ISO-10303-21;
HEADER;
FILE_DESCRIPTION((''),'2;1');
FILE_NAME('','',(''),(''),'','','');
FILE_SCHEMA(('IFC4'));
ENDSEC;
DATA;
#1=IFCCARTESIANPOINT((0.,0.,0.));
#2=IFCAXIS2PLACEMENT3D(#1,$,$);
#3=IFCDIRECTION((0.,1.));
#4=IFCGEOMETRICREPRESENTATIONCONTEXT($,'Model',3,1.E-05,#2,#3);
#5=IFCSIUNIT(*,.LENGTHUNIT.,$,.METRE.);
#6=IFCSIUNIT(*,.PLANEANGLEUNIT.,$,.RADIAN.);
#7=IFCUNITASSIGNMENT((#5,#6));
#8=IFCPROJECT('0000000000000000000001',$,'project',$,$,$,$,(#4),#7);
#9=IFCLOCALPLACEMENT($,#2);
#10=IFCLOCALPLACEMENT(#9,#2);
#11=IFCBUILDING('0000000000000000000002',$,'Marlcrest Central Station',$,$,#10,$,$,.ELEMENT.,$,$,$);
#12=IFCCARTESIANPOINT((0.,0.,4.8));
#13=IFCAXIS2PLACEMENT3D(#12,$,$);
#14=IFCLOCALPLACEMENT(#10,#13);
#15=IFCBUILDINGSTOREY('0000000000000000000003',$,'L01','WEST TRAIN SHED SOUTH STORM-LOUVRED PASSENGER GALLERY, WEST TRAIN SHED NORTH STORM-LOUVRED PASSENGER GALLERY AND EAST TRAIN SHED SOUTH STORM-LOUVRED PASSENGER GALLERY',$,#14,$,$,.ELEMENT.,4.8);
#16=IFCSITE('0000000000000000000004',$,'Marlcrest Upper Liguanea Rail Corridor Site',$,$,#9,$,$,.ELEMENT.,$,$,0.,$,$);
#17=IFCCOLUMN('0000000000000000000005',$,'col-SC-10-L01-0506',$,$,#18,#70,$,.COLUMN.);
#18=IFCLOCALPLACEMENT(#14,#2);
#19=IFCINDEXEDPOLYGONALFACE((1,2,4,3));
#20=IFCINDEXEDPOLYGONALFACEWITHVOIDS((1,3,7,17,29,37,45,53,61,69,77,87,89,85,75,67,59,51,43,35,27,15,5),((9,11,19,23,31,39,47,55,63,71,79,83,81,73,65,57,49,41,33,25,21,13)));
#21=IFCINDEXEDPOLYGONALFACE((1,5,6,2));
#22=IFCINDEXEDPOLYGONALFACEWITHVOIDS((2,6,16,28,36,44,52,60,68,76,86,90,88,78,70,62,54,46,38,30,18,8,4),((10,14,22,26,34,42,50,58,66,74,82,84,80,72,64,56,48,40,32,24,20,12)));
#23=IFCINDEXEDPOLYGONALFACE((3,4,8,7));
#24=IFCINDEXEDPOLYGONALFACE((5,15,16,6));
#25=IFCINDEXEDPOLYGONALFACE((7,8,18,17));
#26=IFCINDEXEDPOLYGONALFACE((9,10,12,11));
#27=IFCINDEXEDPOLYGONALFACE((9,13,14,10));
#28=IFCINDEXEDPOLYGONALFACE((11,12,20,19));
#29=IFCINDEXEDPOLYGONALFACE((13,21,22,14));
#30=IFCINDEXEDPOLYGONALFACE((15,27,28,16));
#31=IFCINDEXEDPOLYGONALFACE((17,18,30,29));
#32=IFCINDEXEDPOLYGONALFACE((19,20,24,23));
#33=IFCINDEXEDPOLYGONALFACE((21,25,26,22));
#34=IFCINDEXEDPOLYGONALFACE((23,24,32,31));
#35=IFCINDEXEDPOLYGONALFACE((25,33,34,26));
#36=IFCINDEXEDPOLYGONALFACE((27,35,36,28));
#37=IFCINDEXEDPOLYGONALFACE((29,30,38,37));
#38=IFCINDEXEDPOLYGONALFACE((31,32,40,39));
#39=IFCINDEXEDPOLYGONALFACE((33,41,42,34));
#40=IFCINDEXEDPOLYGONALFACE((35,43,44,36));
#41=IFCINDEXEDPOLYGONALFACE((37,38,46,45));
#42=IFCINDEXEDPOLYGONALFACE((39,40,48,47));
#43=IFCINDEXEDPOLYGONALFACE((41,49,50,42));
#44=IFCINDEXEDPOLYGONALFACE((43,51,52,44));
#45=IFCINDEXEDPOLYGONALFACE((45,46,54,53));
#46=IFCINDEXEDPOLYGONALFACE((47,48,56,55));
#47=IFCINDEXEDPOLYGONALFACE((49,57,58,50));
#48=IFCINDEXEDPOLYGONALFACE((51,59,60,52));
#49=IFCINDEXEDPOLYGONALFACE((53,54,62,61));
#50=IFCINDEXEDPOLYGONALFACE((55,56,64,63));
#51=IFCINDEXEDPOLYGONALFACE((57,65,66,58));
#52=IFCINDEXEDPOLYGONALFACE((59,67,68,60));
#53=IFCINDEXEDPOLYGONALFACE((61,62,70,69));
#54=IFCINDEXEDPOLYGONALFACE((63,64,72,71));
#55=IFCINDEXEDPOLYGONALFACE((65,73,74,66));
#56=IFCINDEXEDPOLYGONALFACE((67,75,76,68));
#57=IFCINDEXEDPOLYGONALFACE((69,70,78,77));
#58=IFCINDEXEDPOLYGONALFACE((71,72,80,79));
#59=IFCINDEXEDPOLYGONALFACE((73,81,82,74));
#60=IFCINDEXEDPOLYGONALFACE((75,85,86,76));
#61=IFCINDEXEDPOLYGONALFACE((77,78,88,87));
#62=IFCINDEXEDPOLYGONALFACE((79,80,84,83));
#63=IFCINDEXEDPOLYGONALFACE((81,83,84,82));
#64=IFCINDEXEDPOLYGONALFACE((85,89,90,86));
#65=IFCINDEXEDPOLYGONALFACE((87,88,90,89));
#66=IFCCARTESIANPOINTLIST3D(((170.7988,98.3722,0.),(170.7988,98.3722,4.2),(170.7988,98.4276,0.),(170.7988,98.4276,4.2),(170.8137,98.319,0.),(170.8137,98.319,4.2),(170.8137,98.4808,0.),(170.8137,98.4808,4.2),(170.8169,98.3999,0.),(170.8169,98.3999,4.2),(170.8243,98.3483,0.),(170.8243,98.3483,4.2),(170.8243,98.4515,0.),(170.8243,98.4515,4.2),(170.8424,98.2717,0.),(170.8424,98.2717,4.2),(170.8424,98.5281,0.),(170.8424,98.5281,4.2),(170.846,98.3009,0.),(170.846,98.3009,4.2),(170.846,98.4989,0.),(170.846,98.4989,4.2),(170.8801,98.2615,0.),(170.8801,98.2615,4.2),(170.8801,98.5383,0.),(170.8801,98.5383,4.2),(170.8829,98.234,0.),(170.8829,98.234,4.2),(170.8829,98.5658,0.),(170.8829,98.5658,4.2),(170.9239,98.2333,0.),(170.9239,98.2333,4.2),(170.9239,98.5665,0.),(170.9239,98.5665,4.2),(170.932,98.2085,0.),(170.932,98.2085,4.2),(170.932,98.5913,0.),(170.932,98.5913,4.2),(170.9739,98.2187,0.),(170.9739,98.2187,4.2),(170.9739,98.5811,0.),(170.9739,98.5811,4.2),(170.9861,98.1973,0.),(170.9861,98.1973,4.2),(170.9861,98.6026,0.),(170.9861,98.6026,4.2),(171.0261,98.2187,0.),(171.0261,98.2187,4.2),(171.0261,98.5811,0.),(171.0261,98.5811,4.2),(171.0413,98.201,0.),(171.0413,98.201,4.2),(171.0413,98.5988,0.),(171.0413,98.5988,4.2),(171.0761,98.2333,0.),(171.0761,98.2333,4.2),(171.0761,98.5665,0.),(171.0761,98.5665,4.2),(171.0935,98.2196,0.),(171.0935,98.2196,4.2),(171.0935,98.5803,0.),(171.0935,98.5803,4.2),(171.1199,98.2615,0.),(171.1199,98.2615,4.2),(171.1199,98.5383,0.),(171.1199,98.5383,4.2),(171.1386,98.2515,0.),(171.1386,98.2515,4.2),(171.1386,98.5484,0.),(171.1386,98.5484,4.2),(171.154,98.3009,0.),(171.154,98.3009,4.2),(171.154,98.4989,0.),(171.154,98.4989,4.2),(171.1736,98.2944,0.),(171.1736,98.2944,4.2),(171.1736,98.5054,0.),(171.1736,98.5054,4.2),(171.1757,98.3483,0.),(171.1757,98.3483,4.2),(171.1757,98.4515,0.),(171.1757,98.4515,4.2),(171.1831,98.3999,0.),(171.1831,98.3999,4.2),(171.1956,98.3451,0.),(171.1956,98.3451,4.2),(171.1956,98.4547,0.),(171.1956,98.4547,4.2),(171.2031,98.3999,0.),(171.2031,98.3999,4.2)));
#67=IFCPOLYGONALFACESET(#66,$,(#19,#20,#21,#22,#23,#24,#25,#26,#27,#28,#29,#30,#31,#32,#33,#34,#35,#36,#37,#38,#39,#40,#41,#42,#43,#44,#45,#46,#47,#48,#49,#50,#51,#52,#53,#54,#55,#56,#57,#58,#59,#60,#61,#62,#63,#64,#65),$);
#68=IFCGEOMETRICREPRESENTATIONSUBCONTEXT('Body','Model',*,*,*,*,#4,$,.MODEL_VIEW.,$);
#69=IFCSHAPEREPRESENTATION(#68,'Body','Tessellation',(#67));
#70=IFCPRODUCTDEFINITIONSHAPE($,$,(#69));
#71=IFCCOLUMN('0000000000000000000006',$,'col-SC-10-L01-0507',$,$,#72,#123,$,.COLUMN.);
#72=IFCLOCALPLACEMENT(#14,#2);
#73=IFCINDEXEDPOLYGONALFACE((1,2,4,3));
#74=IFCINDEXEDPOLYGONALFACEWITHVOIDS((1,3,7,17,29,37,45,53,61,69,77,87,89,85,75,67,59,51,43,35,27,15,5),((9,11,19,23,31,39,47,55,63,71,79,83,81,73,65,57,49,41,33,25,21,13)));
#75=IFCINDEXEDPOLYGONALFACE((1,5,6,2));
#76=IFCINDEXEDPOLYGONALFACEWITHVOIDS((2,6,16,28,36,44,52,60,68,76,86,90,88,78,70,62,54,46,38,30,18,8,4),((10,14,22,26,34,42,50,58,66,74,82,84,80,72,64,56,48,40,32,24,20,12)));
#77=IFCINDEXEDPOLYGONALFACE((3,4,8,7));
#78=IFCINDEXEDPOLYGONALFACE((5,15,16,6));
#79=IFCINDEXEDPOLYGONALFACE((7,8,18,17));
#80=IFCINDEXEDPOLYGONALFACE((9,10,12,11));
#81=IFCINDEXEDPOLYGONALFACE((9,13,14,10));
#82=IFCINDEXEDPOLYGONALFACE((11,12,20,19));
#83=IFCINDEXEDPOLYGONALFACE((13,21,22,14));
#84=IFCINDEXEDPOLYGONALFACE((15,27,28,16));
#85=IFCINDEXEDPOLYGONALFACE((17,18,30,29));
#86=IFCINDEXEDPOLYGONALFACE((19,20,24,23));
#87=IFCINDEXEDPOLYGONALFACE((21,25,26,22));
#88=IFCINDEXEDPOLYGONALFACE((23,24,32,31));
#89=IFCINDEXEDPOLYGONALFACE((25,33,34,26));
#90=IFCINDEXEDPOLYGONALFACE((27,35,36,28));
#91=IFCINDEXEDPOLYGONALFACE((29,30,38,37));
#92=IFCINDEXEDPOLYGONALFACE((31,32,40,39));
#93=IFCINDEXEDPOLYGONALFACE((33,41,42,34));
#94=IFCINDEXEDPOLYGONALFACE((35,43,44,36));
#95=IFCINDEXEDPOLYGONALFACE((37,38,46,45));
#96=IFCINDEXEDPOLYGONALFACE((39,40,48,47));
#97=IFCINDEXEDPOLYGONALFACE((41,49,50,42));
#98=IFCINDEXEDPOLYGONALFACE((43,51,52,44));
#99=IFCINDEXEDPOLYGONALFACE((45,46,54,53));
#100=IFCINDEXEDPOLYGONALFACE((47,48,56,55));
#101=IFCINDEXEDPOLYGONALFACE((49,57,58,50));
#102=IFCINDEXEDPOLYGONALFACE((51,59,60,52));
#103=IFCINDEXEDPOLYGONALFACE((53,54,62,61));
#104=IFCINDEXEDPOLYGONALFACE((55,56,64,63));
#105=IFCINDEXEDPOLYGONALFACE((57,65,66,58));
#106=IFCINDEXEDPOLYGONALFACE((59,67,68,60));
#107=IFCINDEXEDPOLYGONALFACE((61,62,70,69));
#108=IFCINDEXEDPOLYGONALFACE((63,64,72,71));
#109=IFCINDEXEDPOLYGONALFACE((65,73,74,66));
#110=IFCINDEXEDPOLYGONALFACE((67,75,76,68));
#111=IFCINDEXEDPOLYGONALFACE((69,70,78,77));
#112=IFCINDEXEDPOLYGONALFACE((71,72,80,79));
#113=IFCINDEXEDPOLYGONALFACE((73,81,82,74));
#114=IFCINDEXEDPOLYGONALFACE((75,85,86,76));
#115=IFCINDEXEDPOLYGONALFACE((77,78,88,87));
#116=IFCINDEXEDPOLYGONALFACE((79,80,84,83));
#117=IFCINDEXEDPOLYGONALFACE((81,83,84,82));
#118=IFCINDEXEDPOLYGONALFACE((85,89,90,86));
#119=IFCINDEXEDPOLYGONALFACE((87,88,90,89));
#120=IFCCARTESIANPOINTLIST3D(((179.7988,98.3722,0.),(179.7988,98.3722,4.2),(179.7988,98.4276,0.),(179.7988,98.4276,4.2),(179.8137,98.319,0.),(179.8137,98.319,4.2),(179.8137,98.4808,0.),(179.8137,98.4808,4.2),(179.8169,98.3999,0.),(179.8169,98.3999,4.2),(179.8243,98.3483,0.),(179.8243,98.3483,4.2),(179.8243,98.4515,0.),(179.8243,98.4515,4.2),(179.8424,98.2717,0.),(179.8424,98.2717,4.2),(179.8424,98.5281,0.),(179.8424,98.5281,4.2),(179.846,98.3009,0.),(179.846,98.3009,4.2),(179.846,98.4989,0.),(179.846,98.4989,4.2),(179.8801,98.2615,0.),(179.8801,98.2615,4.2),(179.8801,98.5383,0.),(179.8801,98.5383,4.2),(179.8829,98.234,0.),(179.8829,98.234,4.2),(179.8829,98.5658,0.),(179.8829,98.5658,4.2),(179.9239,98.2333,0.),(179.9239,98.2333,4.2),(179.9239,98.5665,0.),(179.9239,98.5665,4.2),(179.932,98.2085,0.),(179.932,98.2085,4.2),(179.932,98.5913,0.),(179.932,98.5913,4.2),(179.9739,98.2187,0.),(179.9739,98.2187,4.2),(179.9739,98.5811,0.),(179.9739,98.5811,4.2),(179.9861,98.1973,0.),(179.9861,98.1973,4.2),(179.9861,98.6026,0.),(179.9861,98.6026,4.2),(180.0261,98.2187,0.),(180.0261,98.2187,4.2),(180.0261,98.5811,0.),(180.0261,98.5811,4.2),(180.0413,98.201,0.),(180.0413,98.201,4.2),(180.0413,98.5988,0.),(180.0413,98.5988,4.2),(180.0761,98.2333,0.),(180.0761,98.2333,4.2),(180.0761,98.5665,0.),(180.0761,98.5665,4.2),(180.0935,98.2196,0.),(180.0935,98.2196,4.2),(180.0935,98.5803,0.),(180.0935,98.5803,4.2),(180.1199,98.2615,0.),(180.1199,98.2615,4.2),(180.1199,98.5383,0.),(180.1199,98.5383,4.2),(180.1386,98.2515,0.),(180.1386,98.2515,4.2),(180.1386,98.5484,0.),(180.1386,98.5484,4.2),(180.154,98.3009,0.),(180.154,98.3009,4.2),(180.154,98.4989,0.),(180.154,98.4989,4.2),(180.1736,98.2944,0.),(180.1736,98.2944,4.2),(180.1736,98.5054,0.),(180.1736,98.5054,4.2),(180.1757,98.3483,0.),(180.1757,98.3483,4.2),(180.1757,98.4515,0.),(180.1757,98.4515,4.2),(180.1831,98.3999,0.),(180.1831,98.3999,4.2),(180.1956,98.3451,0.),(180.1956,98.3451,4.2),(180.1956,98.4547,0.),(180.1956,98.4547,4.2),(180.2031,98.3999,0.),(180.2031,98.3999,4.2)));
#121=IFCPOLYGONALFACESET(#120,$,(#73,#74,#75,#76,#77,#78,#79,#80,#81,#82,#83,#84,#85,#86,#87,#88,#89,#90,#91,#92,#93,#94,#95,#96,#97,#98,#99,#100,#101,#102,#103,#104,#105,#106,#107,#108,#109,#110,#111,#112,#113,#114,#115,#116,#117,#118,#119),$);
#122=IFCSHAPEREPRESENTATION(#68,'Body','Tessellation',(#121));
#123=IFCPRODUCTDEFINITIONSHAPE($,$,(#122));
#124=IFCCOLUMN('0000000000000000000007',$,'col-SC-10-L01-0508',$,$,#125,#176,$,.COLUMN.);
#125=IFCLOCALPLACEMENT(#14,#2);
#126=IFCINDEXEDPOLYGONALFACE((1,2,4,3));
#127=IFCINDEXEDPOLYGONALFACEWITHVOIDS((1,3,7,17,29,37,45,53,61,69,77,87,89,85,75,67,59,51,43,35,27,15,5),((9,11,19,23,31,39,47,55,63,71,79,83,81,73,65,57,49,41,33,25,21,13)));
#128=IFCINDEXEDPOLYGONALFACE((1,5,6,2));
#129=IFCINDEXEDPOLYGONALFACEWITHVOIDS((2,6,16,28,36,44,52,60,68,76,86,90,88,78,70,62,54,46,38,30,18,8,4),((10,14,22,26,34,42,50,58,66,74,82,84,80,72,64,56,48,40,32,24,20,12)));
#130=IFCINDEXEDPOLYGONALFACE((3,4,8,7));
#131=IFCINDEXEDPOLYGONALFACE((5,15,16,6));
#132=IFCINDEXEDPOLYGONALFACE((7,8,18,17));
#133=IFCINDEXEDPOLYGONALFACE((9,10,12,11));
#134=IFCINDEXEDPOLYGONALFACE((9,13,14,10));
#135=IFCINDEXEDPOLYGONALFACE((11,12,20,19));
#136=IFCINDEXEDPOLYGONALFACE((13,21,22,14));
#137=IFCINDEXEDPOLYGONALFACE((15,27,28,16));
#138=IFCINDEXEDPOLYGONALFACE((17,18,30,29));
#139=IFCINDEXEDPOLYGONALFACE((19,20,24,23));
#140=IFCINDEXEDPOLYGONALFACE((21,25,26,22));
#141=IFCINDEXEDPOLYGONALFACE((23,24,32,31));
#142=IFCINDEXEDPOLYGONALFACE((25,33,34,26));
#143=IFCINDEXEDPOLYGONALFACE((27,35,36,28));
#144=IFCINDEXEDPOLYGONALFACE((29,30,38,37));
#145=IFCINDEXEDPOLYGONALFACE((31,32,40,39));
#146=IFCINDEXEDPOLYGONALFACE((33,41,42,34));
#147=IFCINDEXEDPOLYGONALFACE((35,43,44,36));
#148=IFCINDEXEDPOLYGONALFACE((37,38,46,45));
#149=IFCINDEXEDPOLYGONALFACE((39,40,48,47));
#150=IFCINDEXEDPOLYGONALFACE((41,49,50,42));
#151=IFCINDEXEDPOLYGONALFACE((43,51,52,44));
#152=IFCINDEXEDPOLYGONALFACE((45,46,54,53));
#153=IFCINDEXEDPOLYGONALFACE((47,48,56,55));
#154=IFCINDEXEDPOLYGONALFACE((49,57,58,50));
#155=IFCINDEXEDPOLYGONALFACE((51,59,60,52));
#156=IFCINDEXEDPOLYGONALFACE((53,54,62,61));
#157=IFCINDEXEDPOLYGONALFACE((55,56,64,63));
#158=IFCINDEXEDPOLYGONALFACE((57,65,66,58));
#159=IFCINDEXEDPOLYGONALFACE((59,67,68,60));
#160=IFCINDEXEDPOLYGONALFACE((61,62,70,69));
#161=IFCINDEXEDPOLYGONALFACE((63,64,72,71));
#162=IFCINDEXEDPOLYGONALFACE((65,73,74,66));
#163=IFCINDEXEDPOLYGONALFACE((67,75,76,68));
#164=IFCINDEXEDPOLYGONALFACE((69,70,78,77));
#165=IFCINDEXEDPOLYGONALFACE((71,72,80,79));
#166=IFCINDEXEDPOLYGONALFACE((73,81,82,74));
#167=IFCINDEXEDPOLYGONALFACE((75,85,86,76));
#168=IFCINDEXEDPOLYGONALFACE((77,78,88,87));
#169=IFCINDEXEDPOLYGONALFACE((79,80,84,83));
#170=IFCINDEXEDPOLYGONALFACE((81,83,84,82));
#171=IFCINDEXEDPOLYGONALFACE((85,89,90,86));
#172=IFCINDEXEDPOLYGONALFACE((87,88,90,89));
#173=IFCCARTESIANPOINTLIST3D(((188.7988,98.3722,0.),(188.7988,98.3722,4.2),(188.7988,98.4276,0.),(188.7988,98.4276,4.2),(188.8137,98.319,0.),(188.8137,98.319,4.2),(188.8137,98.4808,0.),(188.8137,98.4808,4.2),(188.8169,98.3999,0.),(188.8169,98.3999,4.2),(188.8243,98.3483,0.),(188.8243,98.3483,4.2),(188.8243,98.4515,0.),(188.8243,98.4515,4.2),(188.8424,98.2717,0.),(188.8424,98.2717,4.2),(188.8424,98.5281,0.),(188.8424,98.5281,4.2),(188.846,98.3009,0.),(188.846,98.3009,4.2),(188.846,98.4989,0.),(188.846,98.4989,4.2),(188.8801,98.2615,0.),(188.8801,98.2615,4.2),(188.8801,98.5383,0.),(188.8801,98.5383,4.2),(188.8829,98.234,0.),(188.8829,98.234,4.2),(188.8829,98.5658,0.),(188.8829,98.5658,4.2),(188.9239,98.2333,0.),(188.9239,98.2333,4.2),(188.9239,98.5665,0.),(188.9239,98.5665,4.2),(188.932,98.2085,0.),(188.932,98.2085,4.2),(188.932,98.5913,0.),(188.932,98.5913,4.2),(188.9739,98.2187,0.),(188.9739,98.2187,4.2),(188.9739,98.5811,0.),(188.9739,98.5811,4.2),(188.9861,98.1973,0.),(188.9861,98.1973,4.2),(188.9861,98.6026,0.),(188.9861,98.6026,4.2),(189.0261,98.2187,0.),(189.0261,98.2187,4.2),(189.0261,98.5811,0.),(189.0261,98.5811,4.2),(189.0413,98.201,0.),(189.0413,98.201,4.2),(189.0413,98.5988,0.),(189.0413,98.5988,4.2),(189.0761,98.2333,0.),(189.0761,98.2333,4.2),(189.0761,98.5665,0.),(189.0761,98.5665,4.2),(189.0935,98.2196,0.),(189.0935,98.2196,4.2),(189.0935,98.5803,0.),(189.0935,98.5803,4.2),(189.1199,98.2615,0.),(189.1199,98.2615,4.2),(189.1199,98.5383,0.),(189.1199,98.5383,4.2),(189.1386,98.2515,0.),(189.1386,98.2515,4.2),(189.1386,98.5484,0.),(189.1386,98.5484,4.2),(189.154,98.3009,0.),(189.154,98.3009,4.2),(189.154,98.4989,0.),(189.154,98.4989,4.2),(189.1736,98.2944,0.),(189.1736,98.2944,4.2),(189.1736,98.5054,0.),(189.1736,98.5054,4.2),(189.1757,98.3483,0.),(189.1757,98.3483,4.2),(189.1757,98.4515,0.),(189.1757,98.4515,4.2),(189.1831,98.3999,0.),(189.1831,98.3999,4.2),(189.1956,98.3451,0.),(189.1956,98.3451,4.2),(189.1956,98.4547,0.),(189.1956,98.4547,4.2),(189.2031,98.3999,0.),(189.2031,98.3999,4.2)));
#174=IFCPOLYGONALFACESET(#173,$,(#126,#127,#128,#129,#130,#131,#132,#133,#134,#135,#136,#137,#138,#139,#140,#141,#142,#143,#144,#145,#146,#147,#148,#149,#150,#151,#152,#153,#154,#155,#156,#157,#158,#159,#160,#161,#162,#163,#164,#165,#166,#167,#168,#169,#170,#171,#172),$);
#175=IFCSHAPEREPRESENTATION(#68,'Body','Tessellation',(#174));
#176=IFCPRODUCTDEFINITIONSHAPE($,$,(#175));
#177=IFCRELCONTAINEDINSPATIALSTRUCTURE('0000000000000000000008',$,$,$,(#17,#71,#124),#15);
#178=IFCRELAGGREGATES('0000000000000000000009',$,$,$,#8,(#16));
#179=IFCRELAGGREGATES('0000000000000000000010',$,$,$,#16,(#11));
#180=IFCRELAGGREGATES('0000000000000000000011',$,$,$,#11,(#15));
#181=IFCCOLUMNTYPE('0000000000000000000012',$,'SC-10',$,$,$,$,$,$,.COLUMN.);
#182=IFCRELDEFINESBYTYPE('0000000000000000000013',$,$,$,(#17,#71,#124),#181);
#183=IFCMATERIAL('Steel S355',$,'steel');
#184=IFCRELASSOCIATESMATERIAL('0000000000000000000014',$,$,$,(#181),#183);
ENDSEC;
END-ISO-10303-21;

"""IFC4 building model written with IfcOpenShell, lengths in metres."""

from ifc_helpers import new_model, si_unit, direction, frame, origin, origin_2d, place, context, subcontext, project, spatial, hollow_circle, extrude, material, material_profile, profile_set, type_object, element, save


model = new_model("IFC4")

# Units and contexts
model_context = context("Model", 3, precision=1e-05, world=origin(), true_north=direction((0.0, 1.0)))
body_context = subcontext(model_context, "Body", "Model", "MODEL_VIEW")
ifc_project = project(units=[si_unit("LENGTHUNIT", "METRE"), si_unit("PLANEANGLEUNIT", "RADIAN")], contexts=[model_context])

# Site, building, storey
site_placement = place(None, origin())
site = spatial("IfcSite", under=ifc_project, at=site_placement, Name="Marlcrest Upper Liguanea Rail Corridor Site", CompositionType="ELEMENT", RefElevation=0.0)
building_placement = place(site_placement, origin())
building = spatial("IfcBuilding", under=site, at=building_placement, Name="Marlcrest Central Station", CompositionType="ELEMENT")
storey_placement = place(building_placement, frame((0.0, 0.0, 4.8)))
storey = spatial("IfcBuildingStorey", under=building, at=storey_placement, Name="L01", Description="WEST TRAIN SHED SOUTH STORM-LOUVRED PASSENGER GALLERY, WEST TRAIN SHED NORTH STORM-LOUVRED PASSENGER GALLERY AND EAST TRAIN SHED SOUTH STORM-LOUVRED PASSENGER GALLERY", CompositionType="ELEMENT", Elevation=4.8)

# Columns
ifc_material_1 = material(Name="Steel S355", Category="steel")
ifc_material_profile_1 = material_profile(ifc_material_1, hollow_circle(Radius=0.2031, WallThickness=0.02, at=origin_2d()), Name="CHS 406.4x20")
ifc_profile_set_1 = profile_set([ifc_material_profile_1], Name="Steel S355")
column_type_1 = type_object("IfcColumnType", Name="SC-10", PredefinedType="COLUMN", material=ifc_profile_set_1)
for number, where, z_axis, x_axis, name in (
    (1, (171.0, 98.3999, 0.0), (0.0, 0.0, 1.0), (1.0, 0.0, 0.0), "col-SC-10-L01-0506"),
    (2, (180.0, 98.3999, 0.0), (0.0, 0.0, 1.0), (1.0, 0.0, 0.0), "col-SC-10-L01-0507"),
    (3, (189.0, 98.3999, 0.0), (0.0, 0.0, 1.0), (1.0, 0.0, 0.0), "col-SC-10-L01-0508"),
):
    element("IfcColumn", number, at=place(storey_placement, frame(where, z_axis=z_axis, x_axis=x_axis)), inside=storey, type_object=column_type_1, Name=name, PredefinedType="COLUMN", context=body_context, shape_type="SweptSolid", body=[
        extrude(hollow_circle(Radius=0.2031, WallThickness=0.02, at=origin_2d()), origin(), (0.0, 0.0, 1.0), 4.2),
    ])

save(model, "model.ifc")
